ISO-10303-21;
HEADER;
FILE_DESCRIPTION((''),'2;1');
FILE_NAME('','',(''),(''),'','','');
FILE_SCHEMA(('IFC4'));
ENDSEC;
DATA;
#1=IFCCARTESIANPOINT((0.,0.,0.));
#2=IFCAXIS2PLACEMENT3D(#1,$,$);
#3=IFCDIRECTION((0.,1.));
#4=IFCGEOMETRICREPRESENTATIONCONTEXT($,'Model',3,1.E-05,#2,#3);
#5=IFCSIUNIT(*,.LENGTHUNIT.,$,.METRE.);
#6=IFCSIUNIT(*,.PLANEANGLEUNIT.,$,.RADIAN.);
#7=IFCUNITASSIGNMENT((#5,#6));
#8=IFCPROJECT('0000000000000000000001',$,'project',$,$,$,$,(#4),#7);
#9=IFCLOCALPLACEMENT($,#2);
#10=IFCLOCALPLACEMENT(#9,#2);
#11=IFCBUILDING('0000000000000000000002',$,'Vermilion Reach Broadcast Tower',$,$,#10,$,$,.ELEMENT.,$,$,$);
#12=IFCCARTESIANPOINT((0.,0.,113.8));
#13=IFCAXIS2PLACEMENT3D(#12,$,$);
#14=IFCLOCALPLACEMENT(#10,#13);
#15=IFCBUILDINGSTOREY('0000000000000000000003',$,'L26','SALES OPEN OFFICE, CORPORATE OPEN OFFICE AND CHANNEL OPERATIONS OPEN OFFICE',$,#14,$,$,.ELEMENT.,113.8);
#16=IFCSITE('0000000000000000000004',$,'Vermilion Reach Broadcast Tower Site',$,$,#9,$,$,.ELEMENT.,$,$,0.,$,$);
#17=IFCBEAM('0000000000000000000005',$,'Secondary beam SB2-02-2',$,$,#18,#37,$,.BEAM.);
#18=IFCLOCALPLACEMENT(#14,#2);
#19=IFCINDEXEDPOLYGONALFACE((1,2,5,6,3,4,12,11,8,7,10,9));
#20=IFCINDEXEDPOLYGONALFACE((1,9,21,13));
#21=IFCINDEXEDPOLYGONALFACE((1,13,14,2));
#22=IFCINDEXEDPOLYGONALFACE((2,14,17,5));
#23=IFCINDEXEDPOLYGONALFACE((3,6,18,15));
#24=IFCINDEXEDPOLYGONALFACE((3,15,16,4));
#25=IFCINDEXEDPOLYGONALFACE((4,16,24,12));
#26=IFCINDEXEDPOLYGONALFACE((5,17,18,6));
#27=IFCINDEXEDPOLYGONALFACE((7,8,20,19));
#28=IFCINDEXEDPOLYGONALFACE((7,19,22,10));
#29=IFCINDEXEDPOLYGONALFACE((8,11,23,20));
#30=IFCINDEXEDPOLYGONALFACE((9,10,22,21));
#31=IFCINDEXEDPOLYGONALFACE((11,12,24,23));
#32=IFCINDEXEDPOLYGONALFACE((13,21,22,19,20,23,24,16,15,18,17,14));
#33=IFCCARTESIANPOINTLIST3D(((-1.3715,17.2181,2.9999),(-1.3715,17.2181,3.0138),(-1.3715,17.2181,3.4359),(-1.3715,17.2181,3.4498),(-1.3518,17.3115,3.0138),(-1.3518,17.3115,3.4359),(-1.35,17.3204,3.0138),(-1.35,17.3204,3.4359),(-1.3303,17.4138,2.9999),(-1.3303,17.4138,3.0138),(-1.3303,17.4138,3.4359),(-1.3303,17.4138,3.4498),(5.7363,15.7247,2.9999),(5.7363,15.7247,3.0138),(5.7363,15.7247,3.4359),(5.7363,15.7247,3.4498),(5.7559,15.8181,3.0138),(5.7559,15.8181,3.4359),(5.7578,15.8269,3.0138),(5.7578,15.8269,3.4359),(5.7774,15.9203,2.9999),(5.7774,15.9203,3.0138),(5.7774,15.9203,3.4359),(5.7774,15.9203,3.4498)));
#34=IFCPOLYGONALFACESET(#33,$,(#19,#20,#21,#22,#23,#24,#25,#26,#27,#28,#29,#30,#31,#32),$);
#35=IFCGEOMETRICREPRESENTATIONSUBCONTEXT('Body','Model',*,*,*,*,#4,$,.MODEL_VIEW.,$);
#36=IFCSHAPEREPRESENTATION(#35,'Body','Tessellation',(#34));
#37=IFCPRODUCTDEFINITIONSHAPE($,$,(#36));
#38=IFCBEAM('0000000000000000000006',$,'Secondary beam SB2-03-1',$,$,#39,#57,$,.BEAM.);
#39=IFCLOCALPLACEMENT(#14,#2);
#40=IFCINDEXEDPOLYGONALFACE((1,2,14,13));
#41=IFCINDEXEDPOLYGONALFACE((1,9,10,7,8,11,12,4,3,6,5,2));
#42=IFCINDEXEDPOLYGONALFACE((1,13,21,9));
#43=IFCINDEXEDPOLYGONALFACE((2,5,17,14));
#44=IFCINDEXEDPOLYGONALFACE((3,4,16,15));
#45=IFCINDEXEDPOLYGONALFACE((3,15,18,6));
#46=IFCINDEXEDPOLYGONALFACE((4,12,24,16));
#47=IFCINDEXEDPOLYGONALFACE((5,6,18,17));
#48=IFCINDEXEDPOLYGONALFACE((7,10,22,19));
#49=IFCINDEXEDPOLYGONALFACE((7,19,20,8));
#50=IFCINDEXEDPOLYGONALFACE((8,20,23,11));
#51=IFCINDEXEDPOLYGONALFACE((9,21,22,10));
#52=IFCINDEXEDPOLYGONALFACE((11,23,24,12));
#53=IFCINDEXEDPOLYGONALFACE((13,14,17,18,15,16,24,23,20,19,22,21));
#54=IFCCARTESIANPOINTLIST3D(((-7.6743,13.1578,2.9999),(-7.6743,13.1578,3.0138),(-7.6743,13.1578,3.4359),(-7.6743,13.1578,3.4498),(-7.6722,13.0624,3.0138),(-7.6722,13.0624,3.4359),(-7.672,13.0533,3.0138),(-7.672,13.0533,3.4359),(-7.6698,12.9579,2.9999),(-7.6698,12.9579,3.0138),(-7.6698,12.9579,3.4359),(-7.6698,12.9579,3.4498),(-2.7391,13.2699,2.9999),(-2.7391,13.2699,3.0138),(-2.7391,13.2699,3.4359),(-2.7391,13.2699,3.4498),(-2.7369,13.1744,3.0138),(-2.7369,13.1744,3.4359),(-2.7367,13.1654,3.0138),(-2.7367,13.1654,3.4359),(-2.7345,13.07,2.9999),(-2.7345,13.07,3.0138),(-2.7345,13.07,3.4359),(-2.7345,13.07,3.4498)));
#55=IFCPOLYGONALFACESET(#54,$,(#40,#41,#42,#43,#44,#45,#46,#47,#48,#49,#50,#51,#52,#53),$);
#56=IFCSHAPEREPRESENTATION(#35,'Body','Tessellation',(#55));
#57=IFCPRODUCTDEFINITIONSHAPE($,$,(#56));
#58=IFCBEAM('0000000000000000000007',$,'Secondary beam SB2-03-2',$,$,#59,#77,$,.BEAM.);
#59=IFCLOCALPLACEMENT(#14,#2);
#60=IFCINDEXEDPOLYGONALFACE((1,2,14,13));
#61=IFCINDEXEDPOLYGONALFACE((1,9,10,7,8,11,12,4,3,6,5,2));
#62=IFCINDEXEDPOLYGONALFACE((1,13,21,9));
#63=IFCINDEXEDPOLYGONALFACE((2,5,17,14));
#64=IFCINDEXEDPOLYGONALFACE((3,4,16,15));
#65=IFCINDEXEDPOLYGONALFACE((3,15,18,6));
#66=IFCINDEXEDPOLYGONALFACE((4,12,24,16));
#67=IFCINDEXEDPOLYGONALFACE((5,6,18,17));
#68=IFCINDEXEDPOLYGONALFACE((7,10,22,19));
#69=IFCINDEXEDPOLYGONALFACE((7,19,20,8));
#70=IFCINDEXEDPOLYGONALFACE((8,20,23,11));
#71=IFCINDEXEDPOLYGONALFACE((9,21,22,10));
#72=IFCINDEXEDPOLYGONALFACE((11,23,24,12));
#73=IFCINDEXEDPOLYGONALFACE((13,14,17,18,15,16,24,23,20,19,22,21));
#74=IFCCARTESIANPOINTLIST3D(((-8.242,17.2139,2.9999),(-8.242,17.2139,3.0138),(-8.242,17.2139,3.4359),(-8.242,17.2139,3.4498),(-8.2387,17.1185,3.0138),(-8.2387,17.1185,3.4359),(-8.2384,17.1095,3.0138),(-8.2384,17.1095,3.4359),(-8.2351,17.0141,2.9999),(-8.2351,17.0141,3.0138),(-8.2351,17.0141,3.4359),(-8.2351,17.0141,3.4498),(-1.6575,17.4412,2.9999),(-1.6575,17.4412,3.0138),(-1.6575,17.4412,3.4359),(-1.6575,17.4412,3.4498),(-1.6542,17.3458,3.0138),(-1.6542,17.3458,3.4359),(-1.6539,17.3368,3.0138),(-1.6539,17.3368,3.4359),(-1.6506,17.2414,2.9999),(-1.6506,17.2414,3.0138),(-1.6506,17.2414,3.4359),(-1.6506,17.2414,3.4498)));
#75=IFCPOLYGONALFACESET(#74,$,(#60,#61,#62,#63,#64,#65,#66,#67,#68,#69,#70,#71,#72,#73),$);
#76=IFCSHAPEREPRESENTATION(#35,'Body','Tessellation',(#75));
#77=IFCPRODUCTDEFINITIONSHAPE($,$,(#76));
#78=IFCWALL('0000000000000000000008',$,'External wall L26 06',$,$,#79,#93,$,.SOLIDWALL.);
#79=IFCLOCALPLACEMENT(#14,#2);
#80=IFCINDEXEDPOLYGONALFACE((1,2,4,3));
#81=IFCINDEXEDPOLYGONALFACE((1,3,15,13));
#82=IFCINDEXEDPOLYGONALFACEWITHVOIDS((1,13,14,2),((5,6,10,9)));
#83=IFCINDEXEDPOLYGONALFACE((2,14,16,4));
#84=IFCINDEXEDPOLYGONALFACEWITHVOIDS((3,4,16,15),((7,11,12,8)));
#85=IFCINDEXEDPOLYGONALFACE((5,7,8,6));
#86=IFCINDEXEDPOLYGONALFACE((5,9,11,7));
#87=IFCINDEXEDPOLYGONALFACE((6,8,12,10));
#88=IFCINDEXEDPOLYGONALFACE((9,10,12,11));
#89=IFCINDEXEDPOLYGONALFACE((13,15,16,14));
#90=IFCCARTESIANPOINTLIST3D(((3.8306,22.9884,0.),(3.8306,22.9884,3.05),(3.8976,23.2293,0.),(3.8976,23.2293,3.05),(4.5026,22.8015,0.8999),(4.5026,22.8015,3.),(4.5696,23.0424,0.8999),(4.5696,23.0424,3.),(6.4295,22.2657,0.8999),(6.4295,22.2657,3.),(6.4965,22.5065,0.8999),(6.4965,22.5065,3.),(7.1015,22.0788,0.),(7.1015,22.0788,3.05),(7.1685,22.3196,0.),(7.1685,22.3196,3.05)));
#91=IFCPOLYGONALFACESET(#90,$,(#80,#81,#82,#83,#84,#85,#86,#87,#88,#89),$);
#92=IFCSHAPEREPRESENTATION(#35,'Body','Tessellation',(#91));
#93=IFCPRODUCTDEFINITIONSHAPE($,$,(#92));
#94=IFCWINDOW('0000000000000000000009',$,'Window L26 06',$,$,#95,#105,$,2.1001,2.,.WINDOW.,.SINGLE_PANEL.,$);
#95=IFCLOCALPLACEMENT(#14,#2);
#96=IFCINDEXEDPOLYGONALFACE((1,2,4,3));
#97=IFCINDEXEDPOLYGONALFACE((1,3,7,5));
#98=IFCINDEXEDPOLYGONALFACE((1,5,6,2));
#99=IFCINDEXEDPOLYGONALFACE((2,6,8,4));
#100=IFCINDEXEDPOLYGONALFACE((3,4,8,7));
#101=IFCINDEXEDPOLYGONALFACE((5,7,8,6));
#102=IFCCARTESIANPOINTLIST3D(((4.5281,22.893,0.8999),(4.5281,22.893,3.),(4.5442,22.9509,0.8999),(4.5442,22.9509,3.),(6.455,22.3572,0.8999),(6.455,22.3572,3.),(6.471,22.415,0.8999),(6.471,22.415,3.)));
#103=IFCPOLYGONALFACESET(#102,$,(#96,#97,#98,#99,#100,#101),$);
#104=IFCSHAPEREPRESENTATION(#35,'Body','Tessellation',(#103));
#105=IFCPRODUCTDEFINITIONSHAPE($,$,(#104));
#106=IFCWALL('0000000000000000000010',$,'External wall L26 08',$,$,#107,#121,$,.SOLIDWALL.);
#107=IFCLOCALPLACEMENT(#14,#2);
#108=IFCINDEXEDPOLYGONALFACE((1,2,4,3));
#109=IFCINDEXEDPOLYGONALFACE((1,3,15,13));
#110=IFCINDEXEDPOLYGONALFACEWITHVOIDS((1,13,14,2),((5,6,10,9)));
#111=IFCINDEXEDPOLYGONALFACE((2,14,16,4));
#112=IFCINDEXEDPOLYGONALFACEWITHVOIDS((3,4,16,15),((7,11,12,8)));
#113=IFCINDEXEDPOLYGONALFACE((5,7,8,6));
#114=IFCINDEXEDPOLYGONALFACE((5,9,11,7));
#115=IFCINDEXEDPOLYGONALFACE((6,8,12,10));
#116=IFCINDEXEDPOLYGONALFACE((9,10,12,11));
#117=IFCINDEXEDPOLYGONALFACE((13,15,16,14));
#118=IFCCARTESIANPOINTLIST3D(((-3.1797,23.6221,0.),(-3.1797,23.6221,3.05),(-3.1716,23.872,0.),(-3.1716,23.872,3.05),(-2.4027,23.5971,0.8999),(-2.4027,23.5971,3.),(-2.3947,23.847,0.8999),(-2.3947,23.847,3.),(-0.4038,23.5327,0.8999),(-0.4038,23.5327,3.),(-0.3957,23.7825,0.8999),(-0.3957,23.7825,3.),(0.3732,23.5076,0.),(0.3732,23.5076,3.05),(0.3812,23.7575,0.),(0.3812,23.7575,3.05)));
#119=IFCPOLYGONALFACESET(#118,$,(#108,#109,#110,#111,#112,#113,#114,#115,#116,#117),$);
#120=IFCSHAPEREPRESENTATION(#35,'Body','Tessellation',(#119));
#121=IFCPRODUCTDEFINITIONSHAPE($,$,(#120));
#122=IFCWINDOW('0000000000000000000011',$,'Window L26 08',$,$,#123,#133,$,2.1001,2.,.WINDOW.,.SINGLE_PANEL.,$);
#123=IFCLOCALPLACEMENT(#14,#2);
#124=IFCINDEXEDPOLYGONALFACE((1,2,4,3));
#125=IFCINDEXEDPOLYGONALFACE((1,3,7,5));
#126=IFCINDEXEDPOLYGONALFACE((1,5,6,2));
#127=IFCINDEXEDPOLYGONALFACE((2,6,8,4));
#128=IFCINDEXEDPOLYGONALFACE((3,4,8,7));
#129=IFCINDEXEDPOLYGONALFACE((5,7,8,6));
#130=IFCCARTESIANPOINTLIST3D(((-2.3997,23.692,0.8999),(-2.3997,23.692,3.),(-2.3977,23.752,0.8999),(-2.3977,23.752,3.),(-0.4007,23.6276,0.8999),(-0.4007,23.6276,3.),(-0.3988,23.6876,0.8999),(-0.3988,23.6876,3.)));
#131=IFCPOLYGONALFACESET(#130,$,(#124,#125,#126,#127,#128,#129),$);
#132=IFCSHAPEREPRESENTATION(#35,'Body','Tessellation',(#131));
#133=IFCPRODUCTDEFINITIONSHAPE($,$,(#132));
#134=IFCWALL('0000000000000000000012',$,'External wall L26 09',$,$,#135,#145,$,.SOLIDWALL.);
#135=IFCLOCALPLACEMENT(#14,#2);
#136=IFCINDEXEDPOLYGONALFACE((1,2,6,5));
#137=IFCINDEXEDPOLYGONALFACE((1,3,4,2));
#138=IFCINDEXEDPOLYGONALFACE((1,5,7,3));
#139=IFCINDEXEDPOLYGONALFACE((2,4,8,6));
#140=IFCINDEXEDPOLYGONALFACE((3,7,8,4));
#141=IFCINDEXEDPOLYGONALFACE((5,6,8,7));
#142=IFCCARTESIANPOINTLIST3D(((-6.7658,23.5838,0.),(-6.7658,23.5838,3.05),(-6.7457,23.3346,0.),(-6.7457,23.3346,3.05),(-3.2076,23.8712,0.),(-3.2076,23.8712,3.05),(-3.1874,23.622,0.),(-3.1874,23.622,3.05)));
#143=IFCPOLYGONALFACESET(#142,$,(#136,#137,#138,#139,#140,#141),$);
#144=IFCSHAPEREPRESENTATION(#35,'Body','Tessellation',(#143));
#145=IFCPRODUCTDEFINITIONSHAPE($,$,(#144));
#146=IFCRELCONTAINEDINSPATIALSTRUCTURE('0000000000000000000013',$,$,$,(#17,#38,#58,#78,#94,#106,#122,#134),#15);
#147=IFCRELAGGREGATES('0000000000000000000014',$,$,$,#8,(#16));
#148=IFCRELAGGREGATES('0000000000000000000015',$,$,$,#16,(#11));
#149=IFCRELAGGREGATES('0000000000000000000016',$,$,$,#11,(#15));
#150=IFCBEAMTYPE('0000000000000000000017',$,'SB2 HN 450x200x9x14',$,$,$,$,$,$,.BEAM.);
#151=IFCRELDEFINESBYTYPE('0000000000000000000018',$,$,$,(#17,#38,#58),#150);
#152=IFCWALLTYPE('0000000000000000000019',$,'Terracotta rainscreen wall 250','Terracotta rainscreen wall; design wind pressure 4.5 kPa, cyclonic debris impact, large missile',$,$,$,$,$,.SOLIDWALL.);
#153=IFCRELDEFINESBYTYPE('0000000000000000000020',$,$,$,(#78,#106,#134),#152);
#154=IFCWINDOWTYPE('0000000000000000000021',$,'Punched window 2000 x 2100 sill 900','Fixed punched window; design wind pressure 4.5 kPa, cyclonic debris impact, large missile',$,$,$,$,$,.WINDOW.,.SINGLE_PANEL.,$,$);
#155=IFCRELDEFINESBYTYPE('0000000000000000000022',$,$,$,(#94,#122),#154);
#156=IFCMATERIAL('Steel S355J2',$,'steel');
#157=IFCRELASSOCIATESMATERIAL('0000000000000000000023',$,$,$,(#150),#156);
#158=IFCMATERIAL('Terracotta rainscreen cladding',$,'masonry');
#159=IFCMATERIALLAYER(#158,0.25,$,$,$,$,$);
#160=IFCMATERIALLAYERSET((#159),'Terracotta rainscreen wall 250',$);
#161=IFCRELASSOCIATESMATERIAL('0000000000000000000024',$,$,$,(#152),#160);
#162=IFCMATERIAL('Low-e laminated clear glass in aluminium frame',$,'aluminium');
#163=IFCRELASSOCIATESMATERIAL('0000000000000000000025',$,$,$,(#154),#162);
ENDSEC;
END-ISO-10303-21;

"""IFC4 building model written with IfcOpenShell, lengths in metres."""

from ifc_helpers import new_model, si_unit, direction, frame, frame_2d, origin, origin_2d, place, context, subcontext, project, spatial, rectangle, i_section, extrude, material, layer, layer_set, material_profile, profile_set, type_object, element, fill, save


model = new_model("IFC4")

# Units and contexts
model_context = context("Model", 3, precision=1e-05, world=origin(), true_north=direction((0.0, 1.0)))
body_context = subcontext(model_context, "Body", "Model", "MODEL_VIEW")
ifc_project = project(units=[si_unit("LENGTHUNIT", "METRE"), si_unit("PLANEANGLEUNIT", "RADIAN")], contexts=[model_context])

# Site, building, storey
site_placement = place(None, origin())
site = spatial("IfcSite", under=ifc_project, at=site_placement, Name="Vermilion Reach Broadcast Tower Site", CompositionType="ELEMENT", RefElevation=0.0)
building_placement = place(site_placement, origin())
building = spatial("IfcBuilding", under=site, at=building_placement, Name="Vermilion Reach Broadcast Tower", CompositionType="ELEMENT")
storey_placement = place(building_placement, frame((0.0, 0.0, 113.8)))
storey = spatial("IfcBuildingStorey", under=building, at=storey_placement, Name="L26", Description="SALES OPEN OFFICE, CORPORATE OPEN OFFICE AND CHANNEL OPERATIONS OPEN OFFICE", CompositionType="ELEMENT", Elevation=113.8)

# Beams
ifc_material_1 = material(Name="Steel S355J2", Category="steel")
ifc_material_profile_1 = material_profile(ifc_material_1, i_section(OverallWidth=0.2, OverallDepth=0.45, WebThickness=0.009, FlangeThickness=0.0139, at=origin_2d()), Name="S355J2 HN 450x200x9x14")
ifc_profile_set_1 = profile_set([ifc_material_profile_1], Name="Steel S355J2")
beam_type_1 = type_object("IfcBeamType", Name="SB2 HN 450x200x9x14", PredefinedType="BEAM", material=ifc_profile_set_1)
beam_1_placement = place(storey_placement, frame((5.7568, 15.8225, 3.2249), z_axis=(-0.978631, 0.205623, 0.0), x_axis=(-0.205623, -0.978631, 0.0)))
element("IfcBeam", 1, at=beam_1_placement, inside=storey, type_object=beam_type_1, Name="Secondary beam SB2-02-2", PredefinedType="BEAM", context=body_context, shape_type="SweptSolid", body=[
    extrude(i_section(OverallWidth=0.2, OverallDepth=0.45, WebThickness=0.009, FlangeThickness=0.0139, at=origin_2d()), origin(), (0.0, 0.0, 1.0), 7.2629),
])
beam_2_placement = place(storey_placement, frame((-2.7368, 13.1699, 3.2249), z_axis=(-0.999742, -0.0227, 0.0), x_axis=(0.0227, -0.999742, 0.0)))
element("IfcBeam", 2, at=beam_2_placement, inside=storey, type_object=beam_type_1, Name="Secondary beam SB2-03-1", PredefinedType="BEAM", context=body_context, shape_type="SweptSolid", body=[
    extrude(i_section(OverallWidth=0.2, OverallDepth=0.45, WebThickness=0.009, FlangeThickness=0.0139, at=origin_2d()), origin(), (0.0, 0.0, 1.0), 4.9365),
])
beam_3_placement = place(storey_placement, frame((-1.6541, 17.3413, 3.2249), z_axis=(-0.999405, -0.034499, 0.0), x_axis=(0.034499, -0.999405, 0.0)))
element("IfcBeam", 3, at=beam_3_placement, inside=storey, type_object=beam_type_1, Name="Secondary beam SB2-03-2", PredefinedType="BEAM", context=body_context, shape_type="SweptSolid", body=[
    extrude(i_section(OverallWidth=0.2, OverallDepth=0.45, WebThickness=0.009, FlangeThickness=0.0139, at=origin_2d()), origin(), (0.0, 0.0, 1.0), 6.5884),
])

# Wall, opening, window
ifc_material_2 = material(Name="Terracotta rainscreen cladding", Category="masonry")
ifc_layer_1 = layer(ifc_material_2, 0.25)
ifc_layer_set_1 = layer_set([ifc_layer_1], Name="Terracotta rainscreen wall 250")
wall_type_1 = type_object("IfcWallType", Name="Terracotta rainscreen wall 250", Description="Terracotta rainscreen wall; design wind pressure 4.5 kPa, cyclonic debris impact, large missile", PredefinedType="SOLIDWALL", material=ifc_layer_set_1)
wall_1_placement = place(storey_placement, frame((7.135, 22.1992, 0.0), z_axis=(0.0, 0.0, 1.0), x_axis=(-0.963438, 0.267933, 0.0)))
wall_1 = element("IfcWall", 4, at=wall_1_placement, inside=storey, type_object=wall_type_1, Name="External wall L26 06", PredefinedType="SOLIDWALL", context=body_context, shape_type="SweptSolid", body=[
    extrude(rectangle(XDim=3.395, YDim=0.25, at=frame_2d((1.6975, 0.0))), origin(), (0.0, 0.0, 1.0), 3.05),
])
opening_1_placement = place(wall_1_placement, frame((0.6975, 0.0, 0.8999)))
opening_1 = element("IfcOpeningElement", 5, at=opening_1_placement, cuts=wall_1, PredefinedType="OPENING", context=body_context, shape_type="SweptSolid", body=[
    extrude(rectangle(XDim=2.0, YDim=2.1001, at=frame_2d((1.0, 1.05))), frame((0.0, 0.135, 0.0), z_axis=(0.0, -1.0, 0.0), x_axis=(1.0, 0.0, 0.0)), (0.0, 0.0, 1.0), 0.27),
])
ifc_material_3 = material(Name="Low-e laminated clear glass in aluminium frame", Category="aluminium")
window_type = type_object("IfcWindowType", Name="Punched window 2000 x 2100 sill 900", Description="Fixed punched window; design wind pressure 4.5 kPa, cyclonic debris impact, large missile", PartitioningType="SINGLE_PANEL", PredefinedType="WINDOW", material=ifc_material_3)
window_1_placement = place(opening_1_placement, origin())
window_1 = element("IfcWindow", 6, at=window_1_placement, inside=storey, type_object=window_type, Name="Window L26 06", OverallHeight=2.1001, OverallWidth=2.0, PartitioningType="SINGLE_PANEL", PredefinedType="WINDOW", context=body_context, shape_type="SweptSolid", body=[
    extrude(rectangle(XDim=2.0, YDim=2.1001, at=frame_2d((1.0, 1.05))), frame((0.0, 0.03, 0.0), z_axis=(0.0, -1.0, 0.0), x_axis=(1.0, 0.0, 0.0)), (0.0, 0.0, 1.0), 0.0601),
])
fill(opening_1, window_1)

# Wall, opening, window
wall_2_placement = place(storey_placement, frame((0.3772, 23.6326, 0.0), z_axis=(0.0, 0.0, 1.0), x_axis=(-0.999481, 0.032213, 0.0)))
wall_2 = element("IfcWall", 7, at=wall_2_placement, inside=storey, type_object=wall_type_1, Name="External wall L26 08", PredefinedType="SOLIDWALL", context=body_context, shape_type="SweptSolid", body=[
    extrude(rectangle(XDim=3.5547, YDim=0.25, at=frame_2d((1.7773, 0.0))), origin(), (0.0, 0.0, 1.0), 3.05),
])
opening_2_placement = place(wall_2_placement, frame((0.7773, 0.0, 0.8999)))
opening_2 = element("IfcOpeningElement", 8, at=opening_2_placement, cuts=wall_2, PredefinedType="OPENING", context=body_context, shape_type="SweptSolid", body=[
    extrude(rectangle(XDim=2.0, YDim=2.1001, at=frame_2d((1.0, 1.05))), frame((0.0, 0.135, 0.0), z_axis=(0.0, -1.0, 0.0), x_axis=(1.0, 0.0, 0.0)), (0.0, 0.0, 1.0), 0.27),
])
window_2_placement = place(opening_2_placement, origin())
window_2 = element("IfcWindow", 9, at=window_2_placement, inside=storey, type_object=window_type, Name="Window L26 08", OverallHeight=2.1001, OverallWidth=2.0, PartitioningType="SINGLE_PANEL", PredefinedType="WINDOW", context=body_context, shape_type="SweptSolid", body=[
    extrude(rectangle(XDim=2.0, YDim=2.1001, at=frame_2d((1.0, 1.05))), frame((0.0, 0.03, 0.0), z_axis=(0.0, -1.0, 0.0), x_axis=(1.0, 0.0, 0.0)), (0.0, 0.0, 1.0), 0.0601),
])
fill(opening_2, window_2)

# Wall
wall_3_placement = place(storey_placement, frame((-3.1975, 23.7466, 0.0), z_axis=(0.0, 0.0, 1.0), x_axis=(-0.996755, -0.080493, 0.0)))
element("IfcWall", 10, at=wall_3_placement, inside=storey, type_object=wall_type_1, Name="External wall L26 09", PredefinedType="SOLIDWALL", context=body_context, shape_type="SweptSolid", body=[
    extrude(rectangle(XDim=3.5698, YDim=0.25, at=frame_2d((1.7849, 0.0))), origin(), (0.0, 0.0, 1.0), 3.05),
])

save(model, "model.ifc")
